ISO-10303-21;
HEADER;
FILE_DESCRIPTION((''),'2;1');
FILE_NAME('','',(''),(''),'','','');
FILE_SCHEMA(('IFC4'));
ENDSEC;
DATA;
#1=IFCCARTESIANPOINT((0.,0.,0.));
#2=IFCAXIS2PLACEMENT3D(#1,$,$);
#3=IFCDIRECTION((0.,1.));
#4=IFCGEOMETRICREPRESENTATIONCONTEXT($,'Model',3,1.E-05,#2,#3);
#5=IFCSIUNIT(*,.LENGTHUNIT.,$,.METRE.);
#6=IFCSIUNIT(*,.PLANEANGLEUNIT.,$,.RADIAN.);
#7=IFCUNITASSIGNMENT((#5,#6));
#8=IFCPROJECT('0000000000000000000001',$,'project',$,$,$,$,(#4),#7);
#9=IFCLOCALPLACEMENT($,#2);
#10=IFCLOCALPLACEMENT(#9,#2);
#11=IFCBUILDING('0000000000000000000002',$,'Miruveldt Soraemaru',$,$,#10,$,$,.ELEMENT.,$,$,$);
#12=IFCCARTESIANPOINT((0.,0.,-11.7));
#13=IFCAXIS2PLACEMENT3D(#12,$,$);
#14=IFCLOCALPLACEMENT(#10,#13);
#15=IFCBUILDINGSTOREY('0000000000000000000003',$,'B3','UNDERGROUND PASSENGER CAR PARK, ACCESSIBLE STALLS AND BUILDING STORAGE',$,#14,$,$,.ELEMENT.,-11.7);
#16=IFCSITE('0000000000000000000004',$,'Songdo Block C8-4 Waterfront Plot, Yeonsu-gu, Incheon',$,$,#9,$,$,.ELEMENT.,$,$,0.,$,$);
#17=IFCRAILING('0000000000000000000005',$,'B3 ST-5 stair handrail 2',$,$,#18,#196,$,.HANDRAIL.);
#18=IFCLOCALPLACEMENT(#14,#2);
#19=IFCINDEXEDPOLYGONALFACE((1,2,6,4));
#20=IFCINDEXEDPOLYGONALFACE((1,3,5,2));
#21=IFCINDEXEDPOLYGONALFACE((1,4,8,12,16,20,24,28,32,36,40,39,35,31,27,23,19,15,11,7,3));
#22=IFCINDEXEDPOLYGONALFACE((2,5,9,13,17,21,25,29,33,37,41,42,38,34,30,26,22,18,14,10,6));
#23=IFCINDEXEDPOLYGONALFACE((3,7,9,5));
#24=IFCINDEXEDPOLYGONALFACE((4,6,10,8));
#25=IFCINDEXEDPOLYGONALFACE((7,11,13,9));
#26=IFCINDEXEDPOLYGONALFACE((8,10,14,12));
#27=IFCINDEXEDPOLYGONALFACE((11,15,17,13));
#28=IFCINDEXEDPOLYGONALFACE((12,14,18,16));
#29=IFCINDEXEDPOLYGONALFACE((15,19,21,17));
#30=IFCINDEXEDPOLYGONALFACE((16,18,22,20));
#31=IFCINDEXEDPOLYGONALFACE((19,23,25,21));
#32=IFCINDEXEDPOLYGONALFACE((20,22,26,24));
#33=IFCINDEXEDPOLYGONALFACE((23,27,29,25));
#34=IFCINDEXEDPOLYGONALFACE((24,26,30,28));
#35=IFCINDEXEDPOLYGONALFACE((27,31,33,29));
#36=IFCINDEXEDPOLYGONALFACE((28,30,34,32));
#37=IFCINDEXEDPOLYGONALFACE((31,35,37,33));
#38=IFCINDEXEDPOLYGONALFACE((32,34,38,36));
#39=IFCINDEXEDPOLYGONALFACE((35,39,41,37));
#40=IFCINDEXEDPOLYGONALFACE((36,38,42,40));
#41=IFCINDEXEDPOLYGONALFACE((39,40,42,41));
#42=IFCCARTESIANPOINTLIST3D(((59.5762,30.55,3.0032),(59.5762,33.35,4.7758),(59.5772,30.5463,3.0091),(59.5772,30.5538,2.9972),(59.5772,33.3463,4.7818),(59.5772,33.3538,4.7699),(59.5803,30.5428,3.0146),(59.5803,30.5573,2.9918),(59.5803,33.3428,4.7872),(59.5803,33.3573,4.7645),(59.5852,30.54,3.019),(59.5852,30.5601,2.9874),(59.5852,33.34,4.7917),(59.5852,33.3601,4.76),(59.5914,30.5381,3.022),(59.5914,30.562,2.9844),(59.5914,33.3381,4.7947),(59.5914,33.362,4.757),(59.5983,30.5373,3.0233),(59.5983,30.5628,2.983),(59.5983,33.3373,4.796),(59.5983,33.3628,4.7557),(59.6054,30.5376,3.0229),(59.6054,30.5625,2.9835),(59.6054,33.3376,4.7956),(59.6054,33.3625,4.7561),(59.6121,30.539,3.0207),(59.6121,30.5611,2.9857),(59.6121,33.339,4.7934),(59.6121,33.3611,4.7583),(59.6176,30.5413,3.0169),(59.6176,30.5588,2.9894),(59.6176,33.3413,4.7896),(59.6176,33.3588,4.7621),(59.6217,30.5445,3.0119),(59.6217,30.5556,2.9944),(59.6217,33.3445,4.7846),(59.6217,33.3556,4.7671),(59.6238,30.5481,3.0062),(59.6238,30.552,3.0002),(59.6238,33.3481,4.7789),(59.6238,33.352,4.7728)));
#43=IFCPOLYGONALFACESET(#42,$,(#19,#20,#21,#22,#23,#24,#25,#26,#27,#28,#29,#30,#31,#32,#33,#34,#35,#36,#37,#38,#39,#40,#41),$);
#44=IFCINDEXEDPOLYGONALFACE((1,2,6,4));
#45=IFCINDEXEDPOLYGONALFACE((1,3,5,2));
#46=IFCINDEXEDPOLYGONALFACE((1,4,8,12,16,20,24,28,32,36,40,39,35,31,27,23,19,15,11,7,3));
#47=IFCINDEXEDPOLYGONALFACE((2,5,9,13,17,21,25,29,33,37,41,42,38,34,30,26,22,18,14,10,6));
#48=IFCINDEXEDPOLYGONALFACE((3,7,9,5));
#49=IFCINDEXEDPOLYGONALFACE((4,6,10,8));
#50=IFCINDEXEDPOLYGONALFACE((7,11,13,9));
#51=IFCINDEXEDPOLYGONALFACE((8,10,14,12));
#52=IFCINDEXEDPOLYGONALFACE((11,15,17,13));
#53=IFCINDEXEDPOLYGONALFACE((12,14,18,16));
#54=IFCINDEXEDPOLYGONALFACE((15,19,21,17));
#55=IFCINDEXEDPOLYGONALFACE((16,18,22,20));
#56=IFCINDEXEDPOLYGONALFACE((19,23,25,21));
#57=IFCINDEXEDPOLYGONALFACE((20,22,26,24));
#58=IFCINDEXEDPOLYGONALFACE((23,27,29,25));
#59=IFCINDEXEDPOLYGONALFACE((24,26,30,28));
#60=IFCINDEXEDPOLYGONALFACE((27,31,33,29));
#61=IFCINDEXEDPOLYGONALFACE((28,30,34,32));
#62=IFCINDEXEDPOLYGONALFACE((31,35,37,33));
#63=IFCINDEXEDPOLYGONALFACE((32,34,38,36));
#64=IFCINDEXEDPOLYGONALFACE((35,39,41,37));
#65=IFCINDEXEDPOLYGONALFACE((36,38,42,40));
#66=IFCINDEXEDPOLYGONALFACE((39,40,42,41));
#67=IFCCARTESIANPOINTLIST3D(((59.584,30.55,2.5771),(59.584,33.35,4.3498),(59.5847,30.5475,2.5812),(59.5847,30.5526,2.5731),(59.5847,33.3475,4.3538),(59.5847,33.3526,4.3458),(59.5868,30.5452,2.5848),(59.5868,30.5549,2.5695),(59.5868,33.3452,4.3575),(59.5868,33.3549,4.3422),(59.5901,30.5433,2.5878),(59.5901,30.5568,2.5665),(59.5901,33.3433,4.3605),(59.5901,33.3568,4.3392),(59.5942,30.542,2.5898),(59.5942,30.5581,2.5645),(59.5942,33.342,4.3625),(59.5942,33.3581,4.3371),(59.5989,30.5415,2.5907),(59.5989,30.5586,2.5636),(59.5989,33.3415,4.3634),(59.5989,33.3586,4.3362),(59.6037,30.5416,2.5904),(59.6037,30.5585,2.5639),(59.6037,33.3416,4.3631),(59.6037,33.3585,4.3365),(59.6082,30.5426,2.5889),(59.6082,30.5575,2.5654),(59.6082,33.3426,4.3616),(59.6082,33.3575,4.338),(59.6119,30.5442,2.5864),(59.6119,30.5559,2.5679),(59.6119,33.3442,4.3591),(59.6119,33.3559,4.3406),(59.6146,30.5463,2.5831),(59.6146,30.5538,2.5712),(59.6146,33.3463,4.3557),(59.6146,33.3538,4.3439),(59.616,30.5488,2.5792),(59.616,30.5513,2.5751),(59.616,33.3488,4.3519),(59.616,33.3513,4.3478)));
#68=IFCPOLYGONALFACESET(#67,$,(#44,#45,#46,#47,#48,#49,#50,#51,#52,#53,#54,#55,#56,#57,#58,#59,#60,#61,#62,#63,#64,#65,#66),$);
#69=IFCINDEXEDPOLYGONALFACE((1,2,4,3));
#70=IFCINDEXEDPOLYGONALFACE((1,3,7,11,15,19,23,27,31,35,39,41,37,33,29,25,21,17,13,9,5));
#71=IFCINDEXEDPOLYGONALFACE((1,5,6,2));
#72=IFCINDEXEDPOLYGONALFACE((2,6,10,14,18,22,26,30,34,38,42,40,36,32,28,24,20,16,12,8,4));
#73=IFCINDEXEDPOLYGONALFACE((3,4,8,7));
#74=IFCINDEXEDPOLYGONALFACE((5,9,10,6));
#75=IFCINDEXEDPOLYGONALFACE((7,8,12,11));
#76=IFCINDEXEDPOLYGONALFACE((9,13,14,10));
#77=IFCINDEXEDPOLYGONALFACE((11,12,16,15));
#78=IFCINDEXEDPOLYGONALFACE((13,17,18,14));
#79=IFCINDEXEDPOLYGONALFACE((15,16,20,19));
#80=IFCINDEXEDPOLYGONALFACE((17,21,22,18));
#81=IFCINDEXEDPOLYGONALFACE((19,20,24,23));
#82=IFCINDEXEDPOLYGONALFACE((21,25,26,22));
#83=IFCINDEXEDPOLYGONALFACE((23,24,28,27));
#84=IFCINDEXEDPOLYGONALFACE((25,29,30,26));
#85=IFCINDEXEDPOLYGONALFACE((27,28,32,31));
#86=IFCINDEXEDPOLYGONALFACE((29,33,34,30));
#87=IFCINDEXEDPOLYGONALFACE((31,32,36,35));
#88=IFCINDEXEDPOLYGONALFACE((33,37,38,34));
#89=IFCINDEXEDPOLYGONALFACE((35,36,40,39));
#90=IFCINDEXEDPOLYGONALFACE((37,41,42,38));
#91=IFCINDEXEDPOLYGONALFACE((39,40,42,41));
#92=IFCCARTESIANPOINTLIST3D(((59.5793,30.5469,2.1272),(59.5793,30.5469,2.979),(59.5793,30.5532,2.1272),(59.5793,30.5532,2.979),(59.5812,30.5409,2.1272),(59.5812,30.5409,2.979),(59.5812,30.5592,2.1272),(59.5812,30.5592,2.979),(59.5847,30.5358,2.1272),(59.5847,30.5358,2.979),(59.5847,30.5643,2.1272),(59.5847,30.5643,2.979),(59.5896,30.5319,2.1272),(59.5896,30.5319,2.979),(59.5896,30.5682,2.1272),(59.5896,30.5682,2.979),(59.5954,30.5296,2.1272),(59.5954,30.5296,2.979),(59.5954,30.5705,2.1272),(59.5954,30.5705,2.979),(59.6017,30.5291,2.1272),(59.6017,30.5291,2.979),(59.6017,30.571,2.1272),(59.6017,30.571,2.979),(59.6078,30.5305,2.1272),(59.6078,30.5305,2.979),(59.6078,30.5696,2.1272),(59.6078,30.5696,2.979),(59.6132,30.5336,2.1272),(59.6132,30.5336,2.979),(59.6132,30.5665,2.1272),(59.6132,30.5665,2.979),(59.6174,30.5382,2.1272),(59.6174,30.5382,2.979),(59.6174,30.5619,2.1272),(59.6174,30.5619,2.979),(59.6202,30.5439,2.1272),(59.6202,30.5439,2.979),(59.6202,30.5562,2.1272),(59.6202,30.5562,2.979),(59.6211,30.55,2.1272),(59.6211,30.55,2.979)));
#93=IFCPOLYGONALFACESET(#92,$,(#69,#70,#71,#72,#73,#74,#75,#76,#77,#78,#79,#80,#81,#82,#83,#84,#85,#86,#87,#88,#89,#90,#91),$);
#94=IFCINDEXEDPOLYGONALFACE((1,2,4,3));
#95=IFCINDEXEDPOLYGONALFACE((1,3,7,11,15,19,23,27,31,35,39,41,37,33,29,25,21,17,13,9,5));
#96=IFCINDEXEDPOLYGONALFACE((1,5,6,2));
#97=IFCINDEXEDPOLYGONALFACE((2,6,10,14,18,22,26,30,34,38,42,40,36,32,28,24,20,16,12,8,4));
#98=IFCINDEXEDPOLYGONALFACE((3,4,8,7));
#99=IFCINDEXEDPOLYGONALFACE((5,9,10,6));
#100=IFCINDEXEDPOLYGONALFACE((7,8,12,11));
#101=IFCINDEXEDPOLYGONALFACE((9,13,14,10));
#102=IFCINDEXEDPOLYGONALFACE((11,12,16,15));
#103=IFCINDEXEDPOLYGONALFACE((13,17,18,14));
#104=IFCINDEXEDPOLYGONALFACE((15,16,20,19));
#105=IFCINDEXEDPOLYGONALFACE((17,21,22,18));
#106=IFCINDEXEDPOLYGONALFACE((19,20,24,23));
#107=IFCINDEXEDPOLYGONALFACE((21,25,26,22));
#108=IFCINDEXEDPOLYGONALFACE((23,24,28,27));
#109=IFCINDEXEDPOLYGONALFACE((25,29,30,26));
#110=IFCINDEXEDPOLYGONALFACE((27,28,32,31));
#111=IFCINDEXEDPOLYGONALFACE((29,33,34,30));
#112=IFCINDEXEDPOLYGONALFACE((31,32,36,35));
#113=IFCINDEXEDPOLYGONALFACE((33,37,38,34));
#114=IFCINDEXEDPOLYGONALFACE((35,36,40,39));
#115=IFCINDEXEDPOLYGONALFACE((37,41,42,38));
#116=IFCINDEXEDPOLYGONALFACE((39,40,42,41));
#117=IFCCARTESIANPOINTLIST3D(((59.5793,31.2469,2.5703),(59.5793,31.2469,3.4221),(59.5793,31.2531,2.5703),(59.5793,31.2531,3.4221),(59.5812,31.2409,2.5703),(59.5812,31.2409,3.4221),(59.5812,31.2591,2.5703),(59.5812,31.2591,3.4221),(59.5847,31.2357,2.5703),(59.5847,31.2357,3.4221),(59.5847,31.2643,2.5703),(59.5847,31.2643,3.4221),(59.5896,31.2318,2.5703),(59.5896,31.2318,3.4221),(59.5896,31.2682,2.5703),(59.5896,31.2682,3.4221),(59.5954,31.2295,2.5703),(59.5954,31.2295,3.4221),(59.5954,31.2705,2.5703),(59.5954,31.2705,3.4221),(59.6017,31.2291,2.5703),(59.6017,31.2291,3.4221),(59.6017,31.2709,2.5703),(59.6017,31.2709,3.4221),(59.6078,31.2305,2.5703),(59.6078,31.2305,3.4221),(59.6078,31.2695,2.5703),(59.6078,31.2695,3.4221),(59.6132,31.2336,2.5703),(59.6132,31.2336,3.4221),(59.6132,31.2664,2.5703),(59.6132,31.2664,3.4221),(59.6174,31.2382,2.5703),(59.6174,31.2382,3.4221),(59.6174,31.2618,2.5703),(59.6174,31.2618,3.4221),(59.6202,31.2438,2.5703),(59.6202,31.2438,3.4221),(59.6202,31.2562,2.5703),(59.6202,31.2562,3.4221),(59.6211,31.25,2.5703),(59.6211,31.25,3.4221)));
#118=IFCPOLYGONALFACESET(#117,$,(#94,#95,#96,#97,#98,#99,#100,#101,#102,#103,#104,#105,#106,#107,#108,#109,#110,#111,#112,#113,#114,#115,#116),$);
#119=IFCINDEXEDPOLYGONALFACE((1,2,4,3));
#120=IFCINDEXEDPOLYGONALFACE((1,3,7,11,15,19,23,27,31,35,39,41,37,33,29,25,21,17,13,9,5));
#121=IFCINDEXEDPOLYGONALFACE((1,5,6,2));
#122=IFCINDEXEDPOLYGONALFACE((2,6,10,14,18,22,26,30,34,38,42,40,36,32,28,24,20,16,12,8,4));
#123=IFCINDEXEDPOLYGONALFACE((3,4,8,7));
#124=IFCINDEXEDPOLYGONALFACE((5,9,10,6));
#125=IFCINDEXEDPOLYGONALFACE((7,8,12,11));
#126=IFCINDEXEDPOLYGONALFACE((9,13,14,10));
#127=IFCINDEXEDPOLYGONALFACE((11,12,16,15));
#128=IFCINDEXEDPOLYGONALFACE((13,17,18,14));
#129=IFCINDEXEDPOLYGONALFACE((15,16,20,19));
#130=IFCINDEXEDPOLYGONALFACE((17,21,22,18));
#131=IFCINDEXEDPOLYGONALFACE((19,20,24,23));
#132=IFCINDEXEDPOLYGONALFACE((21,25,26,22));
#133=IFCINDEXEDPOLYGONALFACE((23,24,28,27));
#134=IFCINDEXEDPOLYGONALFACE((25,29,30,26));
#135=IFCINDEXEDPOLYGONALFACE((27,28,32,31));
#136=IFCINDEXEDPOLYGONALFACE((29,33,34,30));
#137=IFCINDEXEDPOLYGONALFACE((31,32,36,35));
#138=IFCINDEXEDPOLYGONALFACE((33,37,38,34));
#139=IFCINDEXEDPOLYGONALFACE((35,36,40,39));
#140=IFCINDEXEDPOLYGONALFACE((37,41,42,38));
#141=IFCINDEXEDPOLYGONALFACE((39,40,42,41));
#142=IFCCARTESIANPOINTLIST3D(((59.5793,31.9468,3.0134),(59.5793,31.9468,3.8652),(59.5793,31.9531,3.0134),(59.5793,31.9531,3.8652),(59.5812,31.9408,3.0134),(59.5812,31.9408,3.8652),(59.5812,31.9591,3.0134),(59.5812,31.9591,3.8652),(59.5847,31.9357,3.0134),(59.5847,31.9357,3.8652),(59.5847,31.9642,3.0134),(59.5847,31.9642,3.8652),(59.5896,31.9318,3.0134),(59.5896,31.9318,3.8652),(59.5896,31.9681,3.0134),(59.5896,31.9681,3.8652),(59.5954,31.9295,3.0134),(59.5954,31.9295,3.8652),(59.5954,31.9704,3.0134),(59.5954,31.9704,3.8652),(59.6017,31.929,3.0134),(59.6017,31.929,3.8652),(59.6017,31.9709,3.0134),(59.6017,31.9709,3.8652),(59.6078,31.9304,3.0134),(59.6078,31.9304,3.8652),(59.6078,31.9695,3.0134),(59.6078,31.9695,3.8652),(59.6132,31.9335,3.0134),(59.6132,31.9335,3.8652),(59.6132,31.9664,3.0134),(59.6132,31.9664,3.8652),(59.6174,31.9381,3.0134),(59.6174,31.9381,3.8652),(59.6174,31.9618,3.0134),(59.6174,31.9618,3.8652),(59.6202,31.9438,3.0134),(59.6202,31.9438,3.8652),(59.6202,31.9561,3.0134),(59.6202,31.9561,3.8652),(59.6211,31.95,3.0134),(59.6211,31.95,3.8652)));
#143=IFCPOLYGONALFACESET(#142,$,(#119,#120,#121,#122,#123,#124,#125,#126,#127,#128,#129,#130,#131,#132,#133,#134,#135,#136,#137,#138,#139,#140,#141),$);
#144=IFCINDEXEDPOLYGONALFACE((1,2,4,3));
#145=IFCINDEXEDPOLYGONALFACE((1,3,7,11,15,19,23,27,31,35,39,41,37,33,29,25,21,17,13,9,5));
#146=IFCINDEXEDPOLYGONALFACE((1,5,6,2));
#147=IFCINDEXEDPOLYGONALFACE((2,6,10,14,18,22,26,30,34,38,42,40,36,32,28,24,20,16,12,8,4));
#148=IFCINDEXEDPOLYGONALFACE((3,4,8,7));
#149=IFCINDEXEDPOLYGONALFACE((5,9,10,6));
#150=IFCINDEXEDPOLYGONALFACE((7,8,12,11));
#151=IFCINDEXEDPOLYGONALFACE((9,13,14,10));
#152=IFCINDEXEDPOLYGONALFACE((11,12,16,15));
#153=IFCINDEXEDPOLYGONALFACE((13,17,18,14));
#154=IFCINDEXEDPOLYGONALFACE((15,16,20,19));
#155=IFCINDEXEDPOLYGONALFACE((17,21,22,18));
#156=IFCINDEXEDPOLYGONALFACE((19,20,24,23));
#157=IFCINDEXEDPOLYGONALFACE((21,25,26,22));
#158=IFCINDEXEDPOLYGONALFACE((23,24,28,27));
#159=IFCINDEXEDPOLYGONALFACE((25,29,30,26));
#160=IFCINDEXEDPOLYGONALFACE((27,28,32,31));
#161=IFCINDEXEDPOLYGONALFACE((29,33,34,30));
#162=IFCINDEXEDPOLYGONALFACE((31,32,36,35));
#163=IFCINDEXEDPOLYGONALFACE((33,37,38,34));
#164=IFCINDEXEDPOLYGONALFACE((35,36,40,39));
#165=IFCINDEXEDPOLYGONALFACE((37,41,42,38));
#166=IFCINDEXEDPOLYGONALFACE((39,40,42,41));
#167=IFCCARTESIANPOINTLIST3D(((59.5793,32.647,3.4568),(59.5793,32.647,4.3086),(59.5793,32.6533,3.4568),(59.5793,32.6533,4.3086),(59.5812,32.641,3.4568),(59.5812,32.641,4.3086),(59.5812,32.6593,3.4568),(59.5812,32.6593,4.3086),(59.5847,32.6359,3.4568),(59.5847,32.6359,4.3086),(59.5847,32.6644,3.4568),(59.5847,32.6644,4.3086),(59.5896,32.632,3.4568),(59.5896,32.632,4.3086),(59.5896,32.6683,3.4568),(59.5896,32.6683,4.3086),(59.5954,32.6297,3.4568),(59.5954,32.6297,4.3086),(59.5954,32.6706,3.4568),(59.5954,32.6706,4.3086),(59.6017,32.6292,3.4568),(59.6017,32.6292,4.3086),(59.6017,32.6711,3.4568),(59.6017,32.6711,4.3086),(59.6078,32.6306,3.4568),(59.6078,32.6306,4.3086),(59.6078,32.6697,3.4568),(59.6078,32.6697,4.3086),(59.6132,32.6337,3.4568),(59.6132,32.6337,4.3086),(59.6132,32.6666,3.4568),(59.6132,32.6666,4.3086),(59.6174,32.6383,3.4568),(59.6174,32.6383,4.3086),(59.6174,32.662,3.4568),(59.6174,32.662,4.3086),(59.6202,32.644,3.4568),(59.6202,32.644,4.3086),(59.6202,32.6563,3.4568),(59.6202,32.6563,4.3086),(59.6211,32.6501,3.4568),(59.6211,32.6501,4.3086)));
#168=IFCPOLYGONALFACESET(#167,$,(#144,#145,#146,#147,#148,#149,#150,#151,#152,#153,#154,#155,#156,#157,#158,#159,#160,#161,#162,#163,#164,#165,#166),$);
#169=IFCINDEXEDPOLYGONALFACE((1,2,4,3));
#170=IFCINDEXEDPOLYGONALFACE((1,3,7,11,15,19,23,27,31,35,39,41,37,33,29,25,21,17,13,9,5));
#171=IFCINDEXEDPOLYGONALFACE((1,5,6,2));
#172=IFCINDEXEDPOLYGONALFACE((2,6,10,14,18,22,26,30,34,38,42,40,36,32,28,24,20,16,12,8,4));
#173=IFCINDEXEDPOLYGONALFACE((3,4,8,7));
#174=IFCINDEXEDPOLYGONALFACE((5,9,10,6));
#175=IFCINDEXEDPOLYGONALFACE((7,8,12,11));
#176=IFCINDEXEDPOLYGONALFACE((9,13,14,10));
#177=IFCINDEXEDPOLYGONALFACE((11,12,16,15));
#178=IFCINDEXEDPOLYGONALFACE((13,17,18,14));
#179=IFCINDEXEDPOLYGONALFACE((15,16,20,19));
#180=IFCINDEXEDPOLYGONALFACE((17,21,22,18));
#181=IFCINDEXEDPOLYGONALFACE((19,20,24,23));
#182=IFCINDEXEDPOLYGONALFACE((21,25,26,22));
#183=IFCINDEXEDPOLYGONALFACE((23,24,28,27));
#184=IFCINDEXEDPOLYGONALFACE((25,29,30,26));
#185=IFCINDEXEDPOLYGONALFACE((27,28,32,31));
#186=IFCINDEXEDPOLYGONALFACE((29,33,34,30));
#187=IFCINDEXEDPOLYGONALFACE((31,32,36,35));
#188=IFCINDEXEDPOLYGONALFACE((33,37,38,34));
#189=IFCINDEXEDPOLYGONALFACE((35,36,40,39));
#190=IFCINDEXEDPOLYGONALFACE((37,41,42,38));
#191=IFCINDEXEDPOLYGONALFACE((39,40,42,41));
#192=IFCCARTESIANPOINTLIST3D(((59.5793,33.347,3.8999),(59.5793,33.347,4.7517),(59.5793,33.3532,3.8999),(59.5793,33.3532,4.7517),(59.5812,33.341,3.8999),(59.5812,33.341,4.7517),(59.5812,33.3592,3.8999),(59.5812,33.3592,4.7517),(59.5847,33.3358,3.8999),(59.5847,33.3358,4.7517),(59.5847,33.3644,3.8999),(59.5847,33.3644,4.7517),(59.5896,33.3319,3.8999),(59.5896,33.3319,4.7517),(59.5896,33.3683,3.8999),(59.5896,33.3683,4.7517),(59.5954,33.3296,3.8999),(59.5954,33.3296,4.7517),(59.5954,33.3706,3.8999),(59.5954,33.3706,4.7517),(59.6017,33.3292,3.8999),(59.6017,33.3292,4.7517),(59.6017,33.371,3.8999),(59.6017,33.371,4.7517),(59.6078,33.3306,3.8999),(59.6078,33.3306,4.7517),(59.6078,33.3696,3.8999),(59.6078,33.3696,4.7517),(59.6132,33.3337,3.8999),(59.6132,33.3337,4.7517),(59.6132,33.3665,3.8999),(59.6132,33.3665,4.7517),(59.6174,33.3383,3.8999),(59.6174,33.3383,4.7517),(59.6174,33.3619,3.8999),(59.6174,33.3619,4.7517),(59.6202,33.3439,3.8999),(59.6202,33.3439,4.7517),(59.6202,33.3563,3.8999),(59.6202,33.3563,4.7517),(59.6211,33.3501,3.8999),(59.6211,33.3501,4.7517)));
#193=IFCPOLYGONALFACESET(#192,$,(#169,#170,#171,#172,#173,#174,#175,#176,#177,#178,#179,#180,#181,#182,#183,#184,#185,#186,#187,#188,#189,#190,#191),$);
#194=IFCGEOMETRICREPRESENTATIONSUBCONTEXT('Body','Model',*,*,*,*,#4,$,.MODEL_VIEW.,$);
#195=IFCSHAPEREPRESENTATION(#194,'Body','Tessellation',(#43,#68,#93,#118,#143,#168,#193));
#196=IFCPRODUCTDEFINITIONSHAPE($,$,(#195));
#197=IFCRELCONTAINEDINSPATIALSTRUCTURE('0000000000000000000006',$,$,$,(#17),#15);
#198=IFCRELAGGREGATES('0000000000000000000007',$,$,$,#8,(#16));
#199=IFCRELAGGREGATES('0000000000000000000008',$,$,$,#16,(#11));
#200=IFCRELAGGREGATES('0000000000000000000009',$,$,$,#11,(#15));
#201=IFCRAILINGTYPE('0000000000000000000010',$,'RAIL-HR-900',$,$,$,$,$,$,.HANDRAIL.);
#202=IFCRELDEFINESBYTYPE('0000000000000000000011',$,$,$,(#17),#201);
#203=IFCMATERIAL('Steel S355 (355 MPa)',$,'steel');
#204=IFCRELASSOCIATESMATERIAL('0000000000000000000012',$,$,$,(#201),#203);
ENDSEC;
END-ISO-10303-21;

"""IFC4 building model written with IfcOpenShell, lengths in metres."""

from ifc_helpers import new_model, si_unit, direction, frame, origin, origin_2d, place, context, subcontext, project, spatial, circle, extrude, material, type_object, element, save


model = new_model("IFC4")

# Units and contexts
model_context = context("Model", 3, precision=1e-05, world=origin(), true_north=direction((0.0, 1.0)))
body_context = subcontext(model_context, "Body", "Model", "MODEL_VIEW")
ifc_project = project(units=[si_unit("LENGTHUNIT", "METRE"), si_unit("PLANEANGLEUNIT", "RADIAN")], contexts=[model_context])

# Site, building, storey
site_placement = place(None, origin())
site = spatial("IfcSite", under=ifc_project, at=site_placement, Name="Songdo Block C8-4 Waterfront Plot, Yeonsu-gu, Incheon", CompositionType="ELEMENT", RefElevation=0.0)
building_placement = place(site_placement, origin())
building = spatial("IfcBuilding", under=site, at=building_placement, Name="Miruveldt Soraemaru", CompositionType="ELEMENT")
storey_placement = place(building_placement, frame((0.0, 0.0, -11.7)))
storey = spatial("IfcBuildingStorey", under=building, at=storey_placement, Name="B3", Description="UNDERGROUND PASSENGER CAR PARK, ACCESSIBLE STALLS AND BUILDING STORAGE", CompositionType="ELEMENT", Elevation=-11.7)

# Shared definitions
ifc_material_1 = material(Name="Steel S355 (355 MPa)", Category="steel")

# Railing
railing_type_1 = type_object("IfcRailingType", Name="RAIL-HR-900", PredefinedType="HANDRAIL", material=ifc_material_1)
railing_1_placement = place(storey_placement, frame((59.6001, 30.55, 2.1272)))
element("IfcRailing", 1, at=railing_1_placement, inside=storey, type_object=railing_type_1, Name="B3 ST-5 stair handrail 2", PredefinedType="HANDRAIL", context=body_context, shape_type="SweptSolid", body=[
    extrude(circle(Radius=0.0239, at=origin_2d()), frame((0.0, 0.0, 0.876), z_axis=(0.0, 0.844909, 0.53491), x_axis=(-1.0, 0.0, 0.0)), (0.0, 0.0, 1.0), 3.314),
    extrude(circle(Radius=0.0161, at=origin_2d()), frame((0.0, 0.0, 0.45), z_axis=(0.0, 0.844909, 0.53491), x_axis=(-1.0, 0.0, 0.0)), (0.0, 0.0, 1.0), 3.314),
    extrude(circle(Radius=0.021, at=origin_2d()), origin(), (0.0, 0.0, 1.0), 0.8518),
    extrude(circle(Radius=0.021, at=origin_2d()), frame((0.0, 0.7, 0.4431)), (0.0, 0.0, 1.0), 0.8518),
    extrude(circle(Radius=0.021, at=origin_2d()), frame((0.0, 1.3999, 0.8862)), (0.0, 0.0, 1.0), 0.8518),
    extrude(circle(Radius=0.021, at=origin_2d()), frame((0.0, 2.1001, 1.3296)), (0.0, 0.0, 1.0), 0.8518),
    extrude(circle(Radius=0.021, at=origin_2d()), frame((0.0, 2.8, 1.7727)), (0.0, 0.0, 1.0), 0.8518),
])

save(model, "model.ifc")
